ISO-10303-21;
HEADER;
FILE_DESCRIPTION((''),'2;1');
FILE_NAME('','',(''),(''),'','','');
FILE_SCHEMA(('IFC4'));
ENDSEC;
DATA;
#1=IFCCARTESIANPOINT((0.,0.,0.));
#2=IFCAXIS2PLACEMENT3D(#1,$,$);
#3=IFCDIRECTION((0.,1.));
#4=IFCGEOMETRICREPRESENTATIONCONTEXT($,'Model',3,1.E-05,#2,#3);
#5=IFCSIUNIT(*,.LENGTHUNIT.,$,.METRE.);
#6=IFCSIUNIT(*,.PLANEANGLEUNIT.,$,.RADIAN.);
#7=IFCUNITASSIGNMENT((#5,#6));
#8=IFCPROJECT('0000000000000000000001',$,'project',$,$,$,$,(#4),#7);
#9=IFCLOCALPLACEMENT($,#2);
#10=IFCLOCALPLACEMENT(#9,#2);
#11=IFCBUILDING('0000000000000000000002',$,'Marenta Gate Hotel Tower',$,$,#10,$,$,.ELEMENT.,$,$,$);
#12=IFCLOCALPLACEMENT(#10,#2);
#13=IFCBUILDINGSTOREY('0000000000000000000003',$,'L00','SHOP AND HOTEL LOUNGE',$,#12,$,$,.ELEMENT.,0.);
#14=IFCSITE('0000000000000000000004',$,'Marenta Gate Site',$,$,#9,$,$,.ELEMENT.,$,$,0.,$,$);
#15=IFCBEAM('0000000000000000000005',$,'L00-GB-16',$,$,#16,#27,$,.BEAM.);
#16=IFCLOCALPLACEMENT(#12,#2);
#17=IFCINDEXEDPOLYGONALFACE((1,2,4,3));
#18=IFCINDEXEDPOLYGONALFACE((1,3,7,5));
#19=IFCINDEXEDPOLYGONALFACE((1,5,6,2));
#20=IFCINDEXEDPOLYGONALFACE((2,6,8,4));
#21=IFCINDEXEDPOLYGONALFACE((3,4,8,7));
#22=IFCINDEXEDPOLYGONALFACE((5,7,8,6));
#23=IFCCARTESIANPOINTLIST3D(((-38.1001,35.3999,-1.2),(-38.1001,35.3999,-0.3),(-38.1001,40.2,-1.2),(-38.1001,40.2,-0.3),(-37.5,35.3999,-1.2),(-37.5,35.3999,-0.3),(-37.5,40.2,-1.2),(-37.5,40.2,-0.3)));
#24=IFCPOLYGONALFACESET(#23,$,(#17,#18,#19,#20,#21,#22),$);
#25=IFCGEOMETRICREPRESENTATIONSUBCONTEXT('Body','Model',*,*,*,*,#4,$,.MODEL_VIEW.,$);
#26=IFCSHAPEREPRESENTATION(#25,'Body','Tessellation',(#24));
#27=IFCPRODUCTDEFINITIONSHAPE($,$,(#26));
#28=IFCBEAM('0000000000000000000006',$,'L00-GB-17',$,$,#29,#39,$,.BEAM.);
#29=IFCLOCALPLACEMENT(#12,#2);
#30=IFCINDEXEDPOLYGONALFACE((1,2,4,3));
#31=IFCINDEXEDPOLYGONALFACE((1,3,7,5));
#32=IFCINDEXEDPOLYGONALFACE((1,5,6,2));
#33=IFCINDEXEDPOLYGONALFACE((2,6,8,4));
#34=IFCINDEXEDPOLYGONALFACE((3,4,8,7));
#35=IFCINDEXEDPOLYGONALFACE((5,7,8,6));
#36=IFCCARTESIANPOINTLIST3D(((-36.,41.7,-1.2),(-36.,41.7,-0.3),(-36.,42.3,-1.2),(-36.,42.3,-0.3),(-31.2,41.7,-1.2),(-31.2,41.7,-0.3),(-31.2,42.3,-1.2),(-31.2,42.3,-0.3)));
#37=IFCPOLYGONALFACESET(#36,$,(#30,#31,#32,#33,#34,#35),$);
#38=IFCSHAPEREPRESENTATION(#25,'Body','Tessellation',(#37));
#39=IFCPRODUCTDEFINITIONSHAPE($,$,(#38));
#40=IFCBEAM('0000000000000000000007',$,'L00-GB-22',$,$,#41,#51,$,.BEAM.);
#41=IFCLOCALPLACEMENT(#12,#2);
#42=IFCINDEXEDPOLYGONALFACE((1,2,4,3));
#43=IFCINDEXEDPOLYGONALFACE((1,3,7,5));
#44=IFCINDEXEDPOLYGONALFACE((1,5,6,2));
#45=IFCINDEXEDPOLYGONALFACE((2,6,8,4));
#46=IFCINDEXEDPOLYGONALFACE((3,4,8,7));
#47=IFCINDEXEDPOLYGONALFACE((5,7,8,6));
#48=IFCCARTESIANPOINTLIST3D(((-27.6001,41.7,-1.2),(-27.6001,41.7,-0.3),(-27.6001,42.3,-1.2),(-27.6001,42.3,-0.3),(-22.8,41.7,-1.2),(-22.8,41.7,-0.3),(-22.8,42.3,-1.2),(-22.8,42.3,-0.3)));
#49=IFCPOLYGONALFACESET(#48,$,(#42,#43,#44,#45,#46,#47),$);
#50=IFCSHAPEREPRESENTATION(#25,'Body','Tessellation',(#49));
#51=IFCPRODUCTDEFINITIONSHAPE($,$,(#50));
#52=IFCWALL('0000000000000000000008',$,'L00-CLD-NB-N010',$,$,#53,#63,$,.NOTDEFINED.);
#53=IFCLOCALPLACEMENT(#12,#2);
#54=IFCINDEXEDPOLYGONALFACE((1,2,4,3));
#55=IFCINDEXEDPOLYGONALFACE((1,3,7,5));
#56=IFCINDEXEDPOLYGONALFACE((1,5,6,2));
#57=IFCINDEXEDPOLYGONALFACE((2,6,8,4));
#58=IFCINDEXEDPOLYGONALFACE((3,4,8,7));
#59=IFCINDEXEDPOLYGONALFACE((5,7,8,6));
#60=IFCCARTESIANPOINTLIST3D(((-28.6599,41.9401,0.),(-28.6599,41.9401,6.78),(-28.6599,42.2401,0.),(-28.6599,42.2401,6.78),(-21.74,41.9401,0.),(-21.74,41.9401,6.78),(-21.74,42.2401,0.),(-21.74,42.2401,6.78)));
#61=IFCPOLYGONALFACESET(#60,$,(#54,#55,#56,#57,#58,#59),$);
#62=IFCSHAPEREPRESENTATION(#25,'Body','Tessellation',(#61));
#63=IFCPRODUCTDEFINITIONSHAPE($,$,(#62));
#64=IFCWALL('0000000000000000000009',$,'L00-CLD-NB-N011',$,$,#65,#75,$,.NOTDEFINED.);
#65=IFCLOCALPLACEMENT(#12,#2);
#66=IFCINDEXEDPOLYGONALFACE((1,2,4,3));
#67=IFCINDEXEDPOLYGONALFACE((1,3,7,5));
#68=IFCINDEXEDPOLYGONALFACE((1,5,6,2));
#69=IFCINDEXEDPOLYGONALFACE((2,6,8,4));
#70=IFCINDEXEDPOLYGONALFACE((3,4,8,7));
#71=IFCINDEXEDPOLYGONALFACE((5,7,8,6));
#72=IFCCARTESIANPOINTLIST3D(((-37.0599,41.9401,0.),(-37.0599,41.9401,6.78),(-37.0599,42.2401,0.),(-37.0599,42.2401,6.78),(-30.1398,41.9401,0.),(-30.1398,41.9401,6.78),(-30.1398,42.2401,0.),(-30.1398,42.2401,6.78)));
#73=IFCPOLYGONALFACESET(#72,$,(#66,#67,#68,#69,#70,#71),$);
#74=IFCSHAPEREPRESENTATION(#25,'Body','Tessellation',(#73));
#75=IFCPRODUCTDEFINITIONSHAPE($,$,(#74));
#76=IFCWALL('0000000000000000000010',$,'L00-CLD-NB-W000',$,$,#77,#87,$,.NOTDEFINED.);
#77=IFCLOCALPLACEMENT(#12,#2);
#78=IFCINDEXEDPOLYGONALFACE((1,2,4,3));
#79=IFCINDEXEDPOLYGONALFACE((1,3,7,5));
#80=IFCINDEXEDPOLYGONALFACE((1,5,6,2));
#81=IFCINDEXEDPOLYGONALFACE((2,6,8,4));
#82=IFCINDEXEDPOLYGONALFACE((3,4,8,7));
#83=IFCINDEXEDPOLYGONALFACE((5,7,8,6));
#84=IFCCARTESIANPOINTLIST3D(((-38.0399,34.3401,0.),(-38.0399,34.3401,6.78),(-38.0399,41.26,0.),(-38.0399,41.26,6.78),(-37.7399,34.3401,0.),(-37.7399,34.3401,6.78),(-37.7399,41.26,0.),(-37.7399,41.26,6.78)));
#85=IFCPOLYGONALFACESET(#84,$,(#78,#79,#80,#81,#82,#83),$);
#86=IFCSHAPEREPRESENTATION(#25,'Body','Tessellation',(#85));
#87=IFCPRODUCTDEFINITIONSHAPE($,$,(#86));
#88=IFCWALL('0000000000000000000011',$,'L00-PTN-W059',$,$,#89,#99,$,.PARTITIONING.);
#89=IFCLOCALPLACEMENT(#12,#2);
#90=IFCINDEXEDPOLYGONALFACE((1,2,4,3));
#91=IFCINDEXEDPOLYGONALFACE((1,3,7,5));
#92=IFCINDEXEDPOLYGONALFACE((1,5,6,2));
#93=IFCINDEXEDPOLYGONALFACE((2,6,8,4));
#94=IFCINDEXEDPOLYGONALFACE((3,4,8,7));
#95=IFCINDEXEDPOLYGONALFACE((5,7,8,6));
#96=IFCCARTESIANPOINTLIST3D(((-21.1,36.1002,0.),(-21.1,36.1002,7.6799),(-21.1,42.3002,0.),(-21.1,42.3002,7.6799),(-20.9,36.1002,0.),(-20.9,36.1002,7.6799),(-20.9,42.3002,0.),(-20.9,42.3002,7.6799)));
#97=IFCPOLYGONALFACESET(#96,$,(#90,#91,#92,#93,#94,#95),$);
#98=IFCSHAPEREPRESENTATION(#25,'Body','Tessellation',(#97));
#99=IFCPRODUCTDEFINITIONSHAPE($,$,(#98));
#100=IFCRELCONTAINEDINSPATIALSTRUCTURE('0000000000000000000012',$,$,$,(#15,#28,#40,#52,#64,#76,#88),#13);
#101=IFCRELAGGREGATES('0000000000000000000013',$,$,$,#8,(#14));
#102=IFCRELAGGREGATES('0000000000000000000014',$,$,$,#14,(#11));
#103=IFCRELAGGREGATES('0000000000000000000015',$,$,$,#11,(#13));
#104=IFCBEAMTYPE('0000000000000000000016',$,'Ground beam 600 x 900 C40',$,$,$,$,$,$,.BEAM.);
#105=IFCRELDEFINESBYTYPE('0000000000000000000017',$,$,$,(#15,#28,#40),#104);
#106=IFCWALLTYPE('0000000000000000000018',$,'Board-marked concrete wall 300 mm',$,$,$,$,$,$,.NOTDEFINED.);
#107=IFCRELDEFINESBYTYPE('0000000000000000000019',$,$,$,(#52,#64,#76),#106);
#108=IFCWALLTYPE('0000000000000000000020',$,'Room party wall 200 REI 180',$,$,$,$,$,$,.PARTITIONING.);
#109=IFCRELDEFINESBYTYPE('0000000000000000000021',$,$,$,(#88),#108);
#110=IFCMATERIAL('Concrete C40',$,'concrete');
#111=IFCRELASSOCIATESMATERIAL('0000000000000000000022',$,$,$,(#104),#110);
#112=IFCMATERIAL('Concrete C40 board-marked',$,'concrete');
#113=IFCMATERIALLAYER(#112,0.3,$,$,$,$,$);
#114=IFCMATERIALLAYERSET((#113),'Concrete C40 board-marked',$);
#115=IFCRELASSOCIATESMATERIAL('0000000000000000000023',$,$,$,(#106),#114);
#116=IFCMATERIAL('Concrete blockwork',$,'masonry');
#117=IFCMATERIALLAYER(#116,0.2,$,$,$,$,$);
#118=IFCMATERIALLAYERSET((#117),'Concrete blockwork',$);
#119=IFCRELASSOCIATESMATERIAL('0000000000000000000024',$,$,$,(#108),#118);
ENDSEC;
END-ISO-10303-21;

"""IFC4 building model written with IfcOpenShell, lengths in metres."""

from ifc_helpers import new_model, si_unit, direction, frame, frame_2d, origin, origin_2d, place, context, subcontext, project, spatial, rectangle, extrude, material, layer, layer_set, material_profile, profile_set, type_object, element, save


model = new_model("IFC4")

# Units and contexts
model_context = context("Model", 3, precision=1e-05, world=origin(), true_north=direction((0.0, 1.0)))
body_context = subcontext(model_context, "Body", "Model", "MODEL_VIEW")
ifc_project = project(units=[si_unit("LENGTHUNIT", "METRE"), si_unit("PLANEANGLEUNIT", "RADIAN")], contexts=[model_context])

# Site, building, storey
site_placement = place(None, origin())
site = spatial("IfcSite", under=ifc_project, at=site_placement, Name="Marenta Gate Site", CompositionType="ELEMENT", RefElevation=0.0)
building_placement = place(site_placement, origin())
building = spatial("IfcBuilding", under=site, at=building_placement, Name="Marenta Gate Hotel Tower", CompositionType="ELEMENT")
storey_placement = place(building_placement, origin())
storey = spatial("IfcBuildingStorey", under=building, at=storey_placement, Name="L00", Description="SHOP AND HOTEL LOUNGE", CompositionType="ELEMENT", Elevation=0.0)

# Beams
ifc_material_1 = material(Name="Concrete C40", Category="concrete")
ifc_material_profile_1 = material_profile(ifc_material_1, rectangle(XDim=0.6001, YDim=0.8999, at=origin_2d()), Name="600 x 900")
ifc_profile_set_1 = profile_set([ifc_material_profile_1], Name="Concrete C40")
beam_type = type_object("IfcBeamType", Name="Ground beam 600 x 900 C40", PredefinedType="BEAM", material=ifc_profile_set_1)
for number, where, z_axis, x_axis, name in (
    (1, (-37.8, 35.3999, -0.75), (0.0, 1.0, 0.0), (-1.0, 0.0, 0.0), "L00-GB-16"),
    (2, (-36.0, 42.0, -0.75), (1.0, 0.0, 0.0), (0.0, 1.0, 0.0), "L00-GB-17"),
    (3, (-27.6001, 42.0, -0.75), (1.0, 0.0, 0.0), (0.0, 1.0, 0.0), "L00-GB-22"),
):
    element("IfcBeam", number, at=place(storey_placement, frame(where, z_axis=z_axis, x_axis=x_axis)), inside=storey, type_object=beam_type, Name=name, PredefinedType="BEAM", context=body_context, shape_type="SweptSolid", body=[
        extrude(rectangle(XDim=0.6001, YDim=0.8999, at=origin_2d()), origin(), (0.0, 0.0, 1.0), 4.8),
    ])

# Walls
ifc_material_2 = material(Name="Concrete C40 board-marked", Category="concrete")
ifc_layer_1 = layer(ifc_material_2, 0.3)
ifc_layer_set_1 = layer_set([ifc_layer_1], Name="Concrete C40 board-marked")
wall_type_1 = type_object("IfcWallType", Name="Board-marked concrete wall 300 mm", PredefinedType="NOTDEFINED", material=ifc_layer_set_1)
wall_1_placement = place(storey_placement, frame((-21.74, 42.0901, 0.0), z_axis=(0.0, 0.0, 1.0), x_axis=(-1.0, 0.0, 0.0)))
element("IfcWall", 4, at=wall_1_placement, inside=storey, type_object=wall_type_1, Name="L00-CLD-NB-N010", PredefinedType="NOTDEFINED", context=body_context, shape_type="SweptSolid", body=[
    extrude(rectangle(XDim=6.9199, YDim=0.3, at=frame_2d((3.46, 0.0))), origin(), (0.0, 0.0, 1.0), 6.78),
])
wall_2_placement = place(storey_placement, frame((-30.1399, 42.0901, 0.0), z_axis=(0.0, 0.0, 1.0), x_axis=(-1.0, 0.0, 0.0)))
element("IfcWall", 5, at=wall_2_placement, inside=storey, type_object=wall_type_1, Name="L00-CLD-NB-N011", PredefinedType="NOTDEFINED", context=body_context, shape_type="SweptSolid", body=[
    extrude(rectangle(XDim=6.9202, YDim=0.3, at=frame_2d((3.46, 0.0))), origin(), (0.0, 0.0, 1.0), 6.78),
])
wall_3_placement = place(storey_placement, frame((-37.8899, 41.26, 0.0), z_axis=(0.0, 0.0, 1.0), x_axis=(0.0, -1.0, 0.0)))
element("IfcWall", 6, at=wall_3_placement, inside=storey, type_object=wall_type_1, Name="L00-CLD-NB-W000", PredefinedType="NOTDEFINED", context=body_context, shape_type="SweptSolid", body=[
    extrude(rectangle(XDim=6.9199, YDim=0.3, at=frame_2d((3.46, 0.0))), origin(), (0.0, 0.0, 1.0), 6.78),
])

# Wall
ifc_material_3 = material(Name="Concrete blockwork", Category="masonry")
ifc_layer_2 = layer(ifc_material_3, 0.2)
ifc_layer_set_2 = layer_set([ifc_layer_2], Name="Concrete blockwork")
wall_type_2 = type_object("IfcWallType", Name="Room party wall 200 REI 180", PredefinedType="PARTITIONING", material=ifc_layer_set_2)
wall_4_placement = place(storey_placement, frame((-21.0, 36.1001, 0.0), z_axis=(0.0, 0.0, 1.0), x_axis=(0.0, 1.0, 0.0)))
element("IfcWall", 7, at=wall_4_placement, inside=storey, type_object=wall_type_2, Name="L00-PTN-W059", PredefinedType="PARTITIONING", context=body_context, shape_type="SweptSolid", body=[
    extrude(rectangle(XDim=6.2, YDim=0.2, at=frame_2d((3.1001, 0.0))), origin(), (0.0, 0.0, 1.0), 7.6799),
])

save(model, "model.ifc")
